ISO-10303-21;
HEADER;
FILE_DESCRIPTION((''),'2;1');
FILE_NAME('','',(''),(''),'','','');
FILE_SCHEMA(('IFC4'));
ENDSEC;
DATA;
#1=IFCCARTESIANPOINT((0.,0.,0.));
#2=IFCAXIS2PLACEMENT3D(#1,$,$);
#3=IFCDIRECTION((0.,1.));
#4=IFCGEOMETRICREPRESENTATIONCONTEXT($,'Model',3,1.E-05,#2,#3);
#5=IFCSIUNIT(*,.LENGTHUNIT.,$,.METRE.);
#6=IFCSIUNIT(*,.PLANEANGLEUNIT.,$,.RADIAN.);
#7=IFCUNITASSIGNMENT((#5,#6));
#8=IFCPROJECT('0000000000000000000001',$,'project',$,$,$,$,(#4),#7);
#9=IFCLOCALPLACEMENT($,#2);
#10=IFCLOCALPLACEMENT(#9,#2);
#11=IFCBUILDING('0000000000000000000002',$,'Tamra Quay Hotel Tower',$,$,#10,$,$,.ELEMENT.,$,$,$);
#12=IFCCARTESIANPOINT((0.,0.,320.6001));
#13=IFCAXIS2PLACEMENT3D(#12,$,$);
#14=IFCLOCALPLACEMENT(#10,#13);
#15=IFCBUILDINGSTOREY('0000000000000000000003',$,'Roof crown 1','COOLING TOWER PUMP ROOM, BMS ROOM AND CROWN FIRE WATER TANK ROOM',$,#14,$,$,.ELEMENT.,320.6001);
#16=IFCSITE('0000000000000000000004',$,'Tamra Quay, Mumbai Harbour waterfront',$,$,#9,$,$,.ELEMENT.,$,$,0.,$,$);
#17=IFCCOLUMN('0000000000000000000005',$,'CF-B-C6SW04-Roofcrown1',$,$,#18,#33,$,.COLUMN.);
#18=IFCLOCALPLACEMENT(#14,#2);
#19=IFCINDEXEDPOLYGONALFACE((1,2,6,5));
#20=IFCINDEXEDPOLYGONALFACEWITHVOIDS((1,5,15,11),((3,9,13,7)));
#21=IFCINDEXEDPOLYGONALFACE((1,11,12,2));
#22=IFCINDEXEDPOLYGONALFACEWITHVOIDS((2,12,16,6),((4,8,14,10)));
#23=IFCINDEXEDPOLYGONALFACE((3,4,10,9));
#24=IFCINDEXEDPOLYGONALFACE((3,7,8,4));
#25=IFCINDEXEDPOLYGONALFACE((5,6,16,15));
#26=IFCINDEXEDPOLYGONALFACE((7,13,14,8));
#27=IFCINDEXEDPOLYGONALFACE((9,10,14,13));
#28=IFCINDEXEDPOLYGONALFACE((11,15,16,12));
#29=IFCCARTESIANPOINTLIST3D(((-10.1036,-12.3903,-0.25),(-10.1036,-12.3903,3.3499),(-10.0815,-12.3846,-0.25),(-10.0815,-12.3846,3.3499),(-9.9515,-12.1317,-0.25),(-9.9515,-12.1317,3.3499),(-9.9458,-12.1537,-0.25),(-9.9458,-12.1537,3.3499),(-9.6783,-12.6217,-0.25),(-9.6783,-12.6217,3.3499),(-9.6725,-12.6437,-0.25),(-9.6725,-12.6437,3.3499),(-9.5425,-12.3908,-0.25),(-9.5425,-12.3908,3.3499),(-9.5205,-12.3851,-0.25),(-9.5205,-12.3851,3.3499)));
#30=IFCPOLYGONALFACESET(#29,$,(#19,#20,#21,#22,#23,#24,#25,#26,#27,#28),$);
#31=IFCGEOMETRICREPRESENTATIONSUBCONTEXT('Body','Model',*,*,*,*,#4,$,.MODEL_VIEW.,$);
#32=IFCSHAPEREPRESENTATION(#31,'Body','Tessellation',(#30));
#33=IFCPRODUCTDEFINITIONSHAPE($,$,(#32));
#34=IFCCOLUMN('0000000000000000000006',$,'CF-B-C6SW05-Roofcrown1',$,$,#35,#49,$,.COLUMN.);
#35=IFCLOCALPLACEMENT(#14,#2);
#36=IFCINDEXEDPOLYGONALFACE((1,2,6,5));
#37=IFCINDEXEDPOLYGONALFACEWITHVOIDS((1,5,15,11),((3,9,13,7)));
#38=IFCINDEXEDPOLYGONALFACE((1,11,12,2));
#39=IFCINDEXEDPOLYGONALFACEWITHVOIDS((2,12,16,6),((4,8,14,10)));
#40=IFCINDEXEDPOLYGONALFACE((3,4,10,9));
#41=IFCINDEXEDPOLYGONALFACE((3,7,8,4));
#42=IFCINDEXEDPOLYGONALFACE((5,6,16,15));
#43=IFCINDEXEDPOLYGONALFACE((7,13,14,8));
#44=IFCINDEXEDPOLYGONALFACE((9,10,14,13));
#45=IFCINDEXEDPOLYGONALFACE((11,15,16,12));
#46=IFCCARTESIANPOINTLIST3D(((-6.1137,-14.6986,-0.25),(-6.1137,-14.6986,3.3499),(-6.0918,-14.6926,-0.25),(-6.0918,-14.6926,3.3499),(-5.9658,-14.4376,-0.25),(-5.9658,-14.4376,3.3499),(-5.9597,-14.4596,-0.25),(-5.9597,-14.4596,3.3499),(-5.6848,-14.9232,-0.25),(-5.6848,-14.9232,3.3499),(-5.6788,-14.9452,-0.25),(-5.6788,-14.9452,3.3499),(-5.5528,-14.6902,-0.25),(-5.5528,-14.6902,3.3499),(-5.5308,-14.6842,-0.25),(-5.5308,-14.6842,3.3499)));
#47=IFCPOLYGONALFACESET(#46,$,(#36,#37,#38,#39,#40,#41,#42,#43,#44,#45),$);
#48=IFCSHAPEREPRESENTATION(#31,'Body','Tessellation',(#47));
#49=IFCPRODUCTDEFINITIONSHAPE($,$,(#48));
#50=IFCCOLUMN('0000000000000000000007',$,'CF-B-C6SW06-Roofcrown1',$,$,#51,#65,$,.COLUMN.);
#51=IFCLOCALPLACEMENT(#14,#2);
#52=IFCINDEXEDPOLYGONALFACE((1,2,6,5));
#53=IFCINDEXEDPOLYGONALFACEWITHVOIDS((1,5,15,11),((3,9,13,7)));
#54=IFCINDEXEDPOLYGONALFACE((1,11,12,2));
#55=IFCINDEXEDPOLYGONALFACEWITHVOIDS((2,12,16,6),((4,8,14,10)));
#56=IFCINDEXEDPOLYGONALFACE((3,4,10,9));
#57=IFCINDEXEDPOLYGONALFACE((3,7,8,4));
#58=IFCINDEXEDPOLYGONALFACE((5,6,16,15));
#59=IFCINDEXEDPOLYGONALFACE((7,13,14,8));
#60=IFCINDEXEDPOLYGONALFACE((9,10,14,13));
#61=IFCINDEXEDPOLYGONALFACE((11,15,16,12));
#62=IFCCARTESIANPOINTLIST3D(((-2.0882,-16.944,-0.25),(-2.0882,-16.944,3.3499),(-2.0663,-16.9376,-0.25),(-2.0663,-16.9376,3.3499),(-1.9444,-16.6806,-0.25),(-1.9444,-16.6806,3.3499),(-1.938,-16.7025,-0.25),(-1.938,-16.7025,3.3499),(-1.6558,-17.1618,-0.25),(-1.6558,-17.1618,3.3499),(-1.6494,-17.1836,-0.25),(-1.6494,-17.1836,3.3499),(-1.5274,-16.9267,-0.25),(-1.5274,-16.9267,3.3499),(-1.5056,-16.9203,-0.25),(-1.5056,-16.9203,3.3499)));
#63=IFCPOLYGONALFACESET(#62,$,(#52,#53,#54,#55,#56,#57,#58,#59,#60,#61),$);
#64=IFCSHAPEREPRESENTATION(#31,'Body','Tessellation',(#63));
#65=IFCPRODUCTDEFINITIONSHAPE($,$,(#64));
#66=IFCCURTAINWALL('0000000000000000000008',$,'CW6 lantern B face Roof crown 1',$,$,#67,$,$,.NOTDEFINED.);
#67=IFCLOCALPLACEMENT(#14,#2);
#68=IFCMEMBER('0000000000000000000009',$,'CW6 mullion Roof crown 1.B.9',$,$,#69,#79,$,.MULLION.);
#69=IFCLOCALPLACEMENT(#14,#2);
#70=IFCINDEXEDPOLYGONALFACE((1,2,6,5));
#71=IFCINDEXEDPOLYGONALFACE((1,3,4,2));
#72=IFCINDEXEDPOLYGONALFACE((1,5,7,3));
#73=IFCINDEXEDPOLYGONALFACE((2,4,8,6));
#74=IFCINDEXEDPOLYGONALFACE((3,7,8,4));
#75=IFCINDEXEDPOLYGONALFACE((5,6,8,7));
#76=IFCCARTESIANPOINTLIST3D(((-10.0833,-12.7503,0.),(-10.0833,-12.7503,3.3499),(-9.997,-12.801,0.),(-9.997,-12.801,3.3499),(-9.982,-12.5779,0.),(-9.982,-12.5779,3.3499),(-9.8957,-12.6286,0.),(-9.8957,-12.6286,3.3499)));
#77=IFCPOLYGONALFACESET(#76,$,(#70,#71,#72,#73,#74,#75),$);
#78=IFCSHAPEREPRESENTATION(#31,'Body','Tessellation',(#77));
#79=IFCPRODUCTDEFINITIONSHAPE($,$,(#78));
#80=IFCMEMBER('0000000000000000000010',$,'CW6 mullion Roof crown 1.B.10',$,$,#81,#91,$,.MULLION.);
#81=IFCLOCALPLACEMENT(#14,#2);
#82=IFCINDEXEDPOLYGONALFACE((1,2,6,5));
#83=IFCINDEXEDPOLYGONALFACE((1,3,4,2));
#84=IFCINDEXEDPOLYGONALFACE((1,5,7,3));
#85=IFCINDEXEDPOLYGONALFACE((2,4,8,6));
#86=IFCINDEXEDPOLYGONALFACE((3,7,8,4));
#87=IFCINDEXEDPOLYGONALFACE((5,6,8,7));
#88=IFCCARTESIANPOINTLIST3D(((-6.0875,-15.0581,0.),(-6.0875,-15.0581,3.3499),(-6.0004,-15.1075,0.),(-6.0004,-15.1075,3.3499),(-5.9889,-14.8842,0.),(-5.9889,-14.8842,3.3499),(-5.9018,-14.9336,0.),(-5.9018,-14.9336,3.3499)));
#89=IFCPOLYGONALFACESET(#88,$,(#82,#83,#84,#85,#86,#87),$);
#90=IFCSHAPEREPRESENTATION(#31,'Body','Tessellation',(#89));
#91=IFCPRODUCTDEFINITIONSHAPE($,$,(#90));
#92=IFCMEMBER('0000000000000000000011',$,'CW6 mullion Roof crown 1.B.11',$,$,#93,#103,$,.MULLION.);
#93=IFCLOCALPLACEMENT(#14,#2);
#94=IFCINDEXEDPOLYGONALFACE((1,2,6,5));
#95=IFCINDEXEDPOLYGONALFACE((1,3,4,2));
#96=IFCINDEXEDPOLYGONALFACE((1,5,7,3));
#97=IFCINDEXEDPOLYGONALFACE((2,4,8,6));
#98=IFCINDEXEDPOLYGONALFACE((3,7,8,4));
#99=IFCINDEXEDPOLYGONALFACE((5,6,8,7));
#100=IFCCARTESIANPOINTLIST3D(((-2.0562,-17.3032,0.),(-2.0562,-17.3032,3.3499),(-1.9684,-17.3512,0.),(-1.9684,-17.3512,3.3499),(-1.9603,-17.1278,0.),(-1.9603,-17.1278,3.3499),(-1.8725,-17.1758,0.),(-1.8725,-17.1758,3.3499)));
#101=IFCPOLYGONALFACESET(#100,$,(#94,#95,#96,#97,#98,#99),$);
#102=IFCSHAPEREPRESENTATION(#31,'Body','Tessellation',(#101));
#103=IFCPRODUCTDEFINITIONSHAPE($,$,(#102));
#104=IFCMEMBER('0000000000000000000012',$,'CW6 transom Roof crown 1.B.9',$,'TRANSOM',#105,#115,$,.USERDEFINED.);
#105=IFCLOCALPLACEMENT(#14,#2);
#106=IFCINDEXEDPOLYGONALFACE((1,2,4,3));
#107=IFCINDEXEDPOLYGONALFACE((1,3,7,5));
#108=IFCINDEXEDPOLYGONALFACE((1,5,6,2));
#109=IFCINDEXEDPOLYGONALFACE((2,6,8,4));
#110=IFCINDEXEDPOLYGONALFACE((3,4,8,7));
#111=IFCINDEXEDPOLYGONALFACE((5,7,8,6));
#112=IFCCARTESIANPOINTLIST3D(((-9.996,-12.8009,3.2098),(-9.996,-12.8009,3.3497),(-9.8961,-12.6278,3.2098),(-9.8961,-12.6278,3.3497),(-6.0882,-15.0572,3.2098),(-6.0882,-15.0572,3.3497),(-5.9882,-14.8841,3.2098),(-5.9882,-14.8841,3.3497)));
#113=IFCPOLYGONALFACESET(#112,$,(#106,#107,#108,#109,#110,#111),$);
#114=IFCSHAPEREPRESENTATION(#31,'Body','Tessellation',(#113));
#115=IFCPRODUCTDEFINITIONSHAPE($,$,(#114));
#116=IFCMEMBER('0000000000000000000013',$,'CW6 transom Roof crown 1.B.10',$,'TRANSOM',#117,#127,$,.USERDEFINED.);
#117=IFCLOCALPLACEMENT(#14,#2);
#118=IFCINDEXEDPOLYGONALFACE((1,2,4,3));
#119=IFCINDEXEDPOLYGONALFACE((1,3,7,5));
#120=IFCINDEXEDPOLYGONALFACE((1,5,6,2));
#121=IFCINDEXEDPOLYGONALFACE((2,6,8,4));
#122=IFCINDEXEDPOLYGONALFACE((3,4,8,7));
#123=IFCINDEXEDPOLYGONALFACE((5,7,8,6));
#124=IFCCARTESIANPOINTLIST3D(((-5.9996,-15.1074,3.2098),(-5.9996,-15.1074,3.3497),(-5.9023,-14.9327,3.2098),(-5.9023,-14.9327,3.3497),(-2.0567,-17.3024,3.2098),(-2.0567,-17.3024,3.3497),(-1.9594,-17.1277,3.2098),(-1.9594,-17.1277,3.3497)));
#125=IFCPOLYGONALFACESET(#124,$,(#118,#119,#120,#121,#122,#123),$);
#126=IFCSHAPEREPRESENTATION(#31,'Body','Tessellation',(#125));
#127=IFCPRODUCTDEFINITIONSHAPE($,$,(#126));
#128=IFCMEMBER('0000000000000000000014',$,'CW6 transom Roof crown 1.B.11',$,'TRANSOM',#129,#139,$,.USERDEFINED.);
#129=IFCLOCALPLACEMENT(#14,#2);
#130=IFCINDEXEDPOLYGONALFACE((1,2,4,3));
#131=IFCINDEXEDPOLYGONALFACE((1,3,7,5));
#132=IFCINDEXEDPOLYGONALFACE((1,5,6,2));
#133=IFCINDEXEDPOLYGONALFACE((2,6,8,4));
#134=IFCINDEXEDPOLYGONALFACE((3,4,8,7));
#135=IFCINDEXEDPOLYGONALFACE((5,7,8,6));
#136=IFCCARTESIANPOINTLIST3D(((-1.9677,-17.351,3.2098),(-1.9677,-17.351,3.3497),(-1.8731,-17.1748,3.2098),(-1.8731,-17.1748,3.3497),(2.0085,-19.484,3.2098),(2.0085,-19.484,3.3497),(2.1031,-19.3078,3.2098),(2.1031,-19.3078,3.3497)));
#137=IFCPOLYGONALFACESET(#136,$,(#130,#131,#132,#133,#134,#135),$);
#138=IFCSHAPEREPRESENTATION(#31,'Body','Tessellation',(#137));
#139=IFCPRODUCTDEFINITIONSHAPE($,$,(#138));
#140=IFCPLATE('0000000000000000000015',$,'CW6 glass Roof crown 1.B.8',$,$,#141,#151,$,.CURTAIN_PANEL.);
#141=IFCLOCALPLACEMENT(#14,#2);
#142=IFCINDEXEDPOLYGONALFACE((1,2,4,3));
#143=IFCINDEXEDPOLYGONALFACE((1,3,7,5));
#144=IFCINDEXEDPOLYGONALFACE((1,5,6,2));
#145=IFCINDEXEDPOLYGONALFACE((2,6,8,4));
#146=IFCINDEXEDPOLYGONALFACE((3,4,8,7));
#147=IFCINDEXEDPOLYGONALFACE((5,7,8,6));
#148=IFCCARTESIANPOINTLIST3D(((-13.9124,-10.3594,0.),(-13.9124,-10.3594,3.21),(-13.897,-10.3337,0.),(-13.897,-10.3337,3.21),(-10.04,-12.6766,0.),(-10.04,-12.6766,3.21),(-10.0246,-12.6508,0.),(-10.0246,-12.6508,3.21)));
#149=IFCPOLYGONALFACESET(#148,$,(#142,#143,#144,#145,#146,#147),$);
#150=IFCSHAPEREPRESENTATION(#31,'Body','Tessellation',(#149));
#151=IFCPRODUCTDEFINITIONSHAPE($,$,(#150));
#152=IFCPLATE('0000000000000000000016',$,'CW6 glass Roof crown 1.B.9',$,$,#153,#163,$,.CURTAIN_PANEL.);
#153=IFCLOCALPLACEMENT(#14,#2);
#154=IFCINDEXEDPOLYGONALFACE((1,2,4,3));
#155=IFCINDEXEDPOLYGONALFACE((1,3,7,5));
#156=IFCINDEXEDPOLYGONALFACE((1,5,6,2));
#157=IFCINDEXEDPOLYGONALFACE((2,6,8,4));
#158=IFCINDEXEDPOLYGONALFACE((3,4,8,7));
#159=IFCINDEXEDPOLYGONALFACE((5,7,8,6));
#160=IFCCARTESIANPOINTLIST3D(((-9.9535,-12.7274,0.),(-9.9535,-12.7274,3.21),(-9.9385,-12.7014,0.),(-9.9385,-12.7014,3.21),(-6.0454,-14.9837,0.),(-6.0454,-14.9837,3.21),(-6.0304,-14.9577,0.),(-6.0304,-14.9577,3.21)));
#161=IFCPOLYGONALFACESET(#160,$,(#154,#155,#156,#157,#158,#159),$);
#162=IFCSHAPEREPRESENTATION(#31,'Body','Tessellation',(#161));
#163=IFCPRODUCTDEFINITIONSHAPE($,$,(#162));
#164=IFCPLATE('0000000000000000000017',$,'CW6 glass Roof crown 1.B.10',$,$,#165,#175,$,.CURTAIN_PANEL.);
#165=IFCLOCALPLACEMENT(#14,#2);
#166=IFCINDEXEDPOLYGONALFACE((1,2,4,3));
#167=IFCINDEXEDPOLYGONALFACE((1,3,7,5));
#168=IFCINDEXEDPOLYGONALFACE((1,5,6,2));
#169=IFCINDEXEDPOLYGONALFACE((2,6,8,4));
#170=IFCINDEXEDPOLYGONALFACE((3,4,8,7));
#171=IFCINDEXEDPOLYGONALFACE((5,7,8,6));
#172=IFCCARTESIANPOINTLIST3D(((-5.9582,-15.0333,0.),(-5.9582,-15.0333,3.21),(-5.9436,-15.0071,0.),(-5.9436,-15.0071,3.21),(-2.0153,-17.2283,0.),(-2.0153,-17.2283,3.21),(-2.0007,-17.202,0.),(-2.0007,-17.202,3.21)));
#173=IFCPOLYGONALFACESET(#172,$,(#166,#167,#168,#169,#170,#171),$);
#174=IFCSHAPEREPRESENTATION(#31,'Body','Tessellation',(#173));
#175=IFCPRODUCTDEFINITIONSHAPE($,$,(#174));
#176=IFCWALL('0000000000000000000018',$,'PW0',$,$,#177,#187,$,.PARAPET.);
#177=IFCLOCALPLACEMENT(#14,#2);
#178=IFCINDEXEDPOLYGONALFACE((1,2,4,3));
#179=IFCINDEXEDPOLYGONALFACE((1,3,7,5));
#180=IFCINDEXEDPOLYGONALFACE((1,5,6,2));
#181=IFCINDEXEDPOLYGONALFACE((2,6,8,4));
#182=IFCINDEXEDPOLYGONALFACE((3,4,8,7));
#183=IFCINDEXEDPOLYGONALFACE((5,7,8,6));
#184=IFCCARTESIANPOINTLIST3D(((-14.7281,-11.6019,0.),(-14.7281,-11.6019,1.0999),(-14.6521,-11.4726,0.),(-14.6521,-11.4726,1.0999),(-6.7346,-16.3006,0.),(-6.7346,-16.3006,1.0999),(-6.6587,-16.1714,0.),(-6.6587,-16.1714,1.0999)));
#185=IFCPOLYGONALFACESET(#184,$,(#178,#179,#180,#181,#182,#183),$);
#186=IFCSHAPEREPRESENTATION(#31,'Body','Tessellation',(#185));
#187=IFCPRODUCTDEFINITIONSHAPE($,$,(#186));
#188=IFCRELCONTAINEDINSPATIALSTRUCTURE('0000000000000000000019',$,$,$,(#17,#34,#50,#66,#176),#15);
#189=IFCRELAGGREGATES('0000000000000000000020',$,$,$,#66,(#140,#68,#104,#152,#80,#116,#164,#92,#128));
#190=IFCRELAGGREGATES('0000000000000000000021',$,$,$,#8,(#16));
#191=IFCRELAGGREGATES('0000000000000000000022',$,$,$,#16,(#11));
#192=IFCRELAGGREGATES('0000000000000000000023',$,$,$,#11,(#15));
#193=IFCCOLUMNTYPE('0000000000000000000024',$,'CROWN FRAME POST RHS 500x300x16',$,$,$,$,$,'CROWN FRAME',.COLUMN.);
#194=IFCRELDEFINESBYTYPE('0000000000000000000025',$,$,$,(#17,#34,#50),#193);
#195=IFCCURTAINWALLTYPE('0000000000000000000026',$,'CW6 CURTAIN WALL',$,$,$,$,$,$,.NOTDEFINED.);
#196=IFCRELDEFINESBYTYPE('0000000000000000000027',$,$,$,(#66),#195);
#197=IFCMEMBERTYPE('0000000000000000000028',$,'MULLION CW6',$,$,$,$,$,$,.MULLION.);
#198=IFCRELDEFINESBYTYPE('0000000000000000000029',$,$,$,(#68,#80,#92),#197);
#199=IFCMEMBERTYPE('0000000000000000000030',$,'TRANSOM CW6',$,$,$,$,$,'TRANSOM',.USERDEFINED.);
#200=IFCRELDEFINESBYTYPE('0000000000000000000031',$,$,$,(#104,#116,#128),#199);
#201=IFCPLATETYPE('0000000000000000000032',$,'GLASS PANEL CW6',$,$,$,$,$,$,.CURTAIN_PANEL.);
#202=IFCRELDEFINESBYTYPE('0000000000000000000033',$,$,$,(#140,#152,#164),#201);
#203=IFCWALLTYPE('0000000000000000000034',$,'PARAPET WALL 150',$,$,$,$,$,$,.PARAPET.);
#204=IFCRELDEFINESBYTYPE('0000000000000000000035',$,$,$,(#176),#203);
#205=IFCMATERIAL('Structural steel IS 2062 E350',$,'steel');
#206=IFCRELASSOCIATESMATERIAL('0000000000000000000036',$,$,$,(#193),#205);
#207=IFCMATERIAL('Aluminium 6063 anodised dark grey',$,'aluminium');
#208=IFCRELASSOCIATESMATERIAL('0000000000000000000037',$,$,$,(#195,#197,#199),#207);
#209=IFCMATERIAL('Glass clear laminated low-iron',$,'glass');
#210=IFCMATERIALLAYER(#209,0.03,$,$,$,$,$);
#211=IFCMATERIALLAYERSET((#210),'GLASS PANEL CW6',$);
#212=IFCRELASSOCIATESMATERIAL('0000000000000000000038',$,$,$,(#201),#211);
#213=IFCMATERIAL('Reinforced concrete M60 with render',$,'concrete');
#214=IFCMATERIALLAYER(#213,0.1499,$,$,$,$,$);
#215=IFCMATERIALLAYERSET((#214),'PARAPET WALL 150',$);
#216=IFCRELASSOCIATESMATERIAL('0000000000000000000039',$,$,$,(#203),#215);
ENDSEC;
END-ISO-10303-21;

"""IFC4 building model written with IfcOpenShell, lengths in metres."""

from ifc_helpers import new_model, si_unit, direction, frame, frame_2d, origin, origin_2d, place, context, subcontext, project, spatial, rectangle, hollow_rectangle, extrude, material, layer, layer_set, material_profile, profile_set, type_object, element, aggregate, save


model = new_model("IFC4")

# Units and contexts
model_context = context("Model", 3, precision=1e-05, world=origin(), true_north=direction((0.0, 1.0)))
body_context = subcontext(model_context, "Body", "Model", "MODEL_VIEW")
ifc_project = project(units=[si_unit("LENGTHUNIT", "METRE"), si_unit("PLANEANGLEUNIT", "RADIAN")], contexts=[model_context])

# Site, building, storey
site_placement = place(None, origin())
site = spatial("IfcSite", under=ifc_project, at=site_placement, Name="Tamra Quay, Mumbai Harbour waterfront", CompositionType="ELEMENT", RefElevation=0.0)
building_placement = place(site_placement, origin())
building = spatial("IfcBuilding", under=site, at=building_placement, Name="Tamra Quay Hotel Tower", CompositionType="ELEMENT")
storey_placement = place(building_placement, frame((0.0, 0.0, 320.6001)))
storey = spatial("IfcBuildingStorey", under=building, at=storey_placement, Name="Roof crown 1", Description="COOLING TOWER PUMP ROOM, BMS ROOM AND CROWN FIRE WATER TANK ROOM", CompositionType="ELEMENT", Elevation=320.6001)

# Columns
ifc_material_1 = material(Name="Structural steel IS 2062 E350", Category="steel")
ifc_material_profile_1 = material_profile(ifc_material_1, hollow_rectangle(XDim=0.3, YDim=0.5, WallThickness=0.0161, at=origin_2d()), Name="RHS 500x300x16")
ifc_profile_set_1 = profile_set([ifc_material_profile_1], Name="Structural steel IS 2062 E350")
column_type = type_object("IfcColumnType", Name="CROWN FRAME POST RHS 500x300x16", ElementType="CROWN FRAME", PredefinedType="COLUMN", material=ifc_profile_set_1)
for number, where, z_axis, x_axis, name in (
    (1, (-9.812, -12.3877, -0.25), (0.0, 0.0, 1.0), (0.506843, 0.862038, 0.0), "CF-B-C6SW04-Roofcrown1"),
    (2, (-5.8223, -14.6914, -0.25), (0.0, 0.0, 1.0), (0.493125, 0.869958, 0.0), "CF-B-C6SW05-Roofcrown1"),
    (3, (-1.7969, -16.9321, -0.25), (0.0, 0.0, 1.0), (0.479288, 0.877658, 0.0), "CF-B-C6SW06-Roofcrown1"),
):
    element("IfcColumn", number, at=place(storey_placement, frame(where, z_axis=z_axis, x_axis=x_axis)), inside=storey, type_object=column_type, Name=name, PredefinedType="COLUMN", context=body_context, shape_type="SweptSolid", body=[
        extrude(hollow_rectangle(XDim=0.3, YDim=0.5, WallThickness=0.0161, at=origin_2d()), origin(), (0.0, 0.0, 1.0), 3.5999),
    ])

# Curtain wall, members, plates
ifc_material_2 = material(Name="Aluminium 6063 anodised dark grey", Category="aluminium")
curtain_wall_type = type_object("IfcCurtainWallType", Name="CW6 CURTAIN WALL", PredefinedType="NOTDEFINED", material=ifc_material_2)
curtain_wall_placement = place(storey_placement, origin())
curtain_wall = element("IfcCurtainWall", 4, at=curtain_wall_placement, inside=storey, type_object=curtain_wall_type, Name="CW6 lantern B face Roof crown 1", PredefinedType="NOTDEFINED")
ifc_material_profile_2 = material_profile(ifc_material_2, rectangle(XDim=0.2, YDim=0.1001, at=origin_2d()), Name="MULLION 100X200")
ifc_profile_set_2 = profile_set([ifc_material_profile_2], Name="Aluminium 6063 anodised dark grey")
member_type_1 = type_object("IfcMemberType", Name="MULLION CW6", PredefinedType="MULLION", material=ifc_profile_set_2)
member_1_placement = place(storey_placement, frame((-9.9895, -12.6895, 0.0), z_axis=(0.0, 0.0, 1.0), x_axis=(-0.506754, -0.862091, 0.0)))
member_1 = element("IfcMember", 5, at=member_1_placement, type_object=member_type_1, Name="CW6 mullion Roof crown 1.B.9", PredefinedType="MULLION", context=body_context, shape_type="SweptSolid", body=[
    extrude(rectangle(XDim=0.2, YDim=0.1001, at=origin_2d()), origin(), (0.0, 0.0, 1.0), 3.3499),
])
member_2_placement = place(storey_placement, frame((-5.9946, -14.9958, 0.0), z_axis=(0.0, 0.0, 1.0), x_axis=(-0.493216, -0.869907, 0.0)))
member_2 = element("IfcMember", 6, at=member_2_placement, type_object=member_type_1, Name="CW6 mullion Roof crown 1.B.10", PredefinedType="MULLION", context=body_context, shape_type="SweptSolid", body=[
    extrude(rectangle(XDim=0.2, YDim=0.1001, at=origin_2d()), origin(), (0.0, 0.0, 1.0), 3.3499),
])
member_3_placement = place(storey_placement, frame((-1.9644, -17.2395, 0.0), z_axis=(0.0, 0.0, 1.0), x_axis=(-0.479565, -0.877506, 0.0)))
member_3 = element("IfcMember", 7, at=member_3_placement, type_object=member_type_1, Name="CW6 mullion Roof crown 1.B.11", PredefinedType="MULLION", context=body_context, shape_type="SweptSolid", body=[
    extrude(rectangle(XDim=0.2, YDim=0.1001, at=origin_2d()), origin(), (0.0, 0.0, 1.0), 3.3499),
])
ifc_material_profile_3 = material_profile(ifc_material_2, rectangle(XDim=0.2, YDim=0.1399, at=origin_2d()), Name="TRANSOM 200X140")
ifc_profile_set_3 = profile_set([ifc_material_profile_3], Name="Aluminium 6063 anodised dark grey")
member_type_2 = type_object("IfcMemberType", Name="TRANSOM CW6", ElementType="TRANSOM", PredefinedType="USERDEFINED", material=ifc_profile_set_3)
member_4_placement = place(storey_placement, frame((-9.946, -12.7144, 3.2798), z_axis=(0.866017, -0.500014, 0.0), x_axis=(0.500014, 0.866017, 0.0)))
member_4 = element("IfcMember", 8, at=member_4_placement, type_object=member_type_2, Name="CW6 transom Roof crown 1.B.9", ObjectType="TRANSOM", PredefinedType="USERDEFINED", context=body_context, shape_type="SweptSolid", body=[
    extrude(rectangle(XDim=0.2, YDim=0.1399, at=origin_2d()), origin(), (0.0, 0.0, 1.0), 4.5125),
])
member_5_placement = place(storey_placement, frame((-5.9509, -15.02, 3.2798), z_axis=(0.873726, -0.486419, 0.0), x_axis=(0.486419, 0.873726, 0.0)))
member_5 = element("IfcMember", 9, at=member_5_placement, type_object=member_type_2, Name="CW6 transom Roof crown 1.B.10", ObjectType="TRANSOM", PredefinedType="USERDEFINED", context=body_context, shape_type="SweptSolid", body=[
    extrude(rectangle(XDim=0.2, YDim=0.1399, at=origin_2d()), origin(), (0.0, 0.0, 1.0), 4.5127),
])
member_6_placement = place(storey_placement, frame((-1.9204, -17.2629, 3.2798), z_axis=(0.881214, -0.472718, 0.0), x_axis=(0.472718, 0.881214, 0.0)))
member_6 = element("IfcMember", 10, at=member_6_placement, type_object=member_type_2, Name="CW6 transom Roof crown 1.B.11", ObjectType="TRANSOM", PredefinedType="USERDEFINED", context=body_context, shape_type="SweptSolid", body=[
    extrude(rectangle(XDim=0.2, YDim=0.1399, at=origin_2d()), origin(), (0.0, 0.0, 1.0), 4.5122),
])
ifc_material_3 = material(Name="Glass clear laminated low-iron", Category="glass")
ifc_layer_1 = layer(ifc_material_3, 0.03)
ifc_layer_set_1 = layer_set([ifc_layer_1], Name="GLASS PANEL CW6")
plate_type = type_object("IfcPlateType", Name="GLASS PANEL CW6", PredefinedType="CURTAIN_PANEL", material=ifc_layer_set_1)
plate_1_placement = place(storey_placement, frame((-11.9685, -11.5051, 0.0), z_axis=(0.0, 0.0, 1.0), x_axis=(0.858104, -0.513477, 0.0)))
plate_1 = element("IfcPlate", 11, at=plate_1_placement, type_object=plate_type, Name="CW6 glass Roof crown 1.B.8", PredefinedType="CURTAIN_PANEL", context=body_context, shape_type="SweptSolid", body=[
    extrude(rectangle(XDim=4.5127, YDim=0.03, at=origin_2d()), origin(), (0.0, 0.0, 1.0), 3.21),
])
plate_2_placement = place(storey_placement, frame((-7.9919, -13.8425, 0.0), z_axis=(0.0, 0.0, 1.0), x_axis=(0.866025, -0.5, 0.0)))
plate_2 = element("IfcPlate", 12, at=plate_2_placement, type_object=plate_type, Name="CW6 glass Roof crown 1.B.9", PredefinedType="CURTAIN_PANEL", context=body_context, shape_type="SweptSolid", body=[
    extrude(rectangle(XDim=4.5127, YDim=0.03, at=origin_2d()), origin(), (0.0, 0.0, 1.0), 3.21),
])
plate_3_placement = place(storey_placement, frame((-3.9795, -16.1177, 0.0), z_axis=(0.0, 0.0, 1.0), x_axis=(0.873736, -0.486401, 0.0)))
plate_3 = element("IfcPlate", 13, at=plate_3_placement, type_object=plate_type, Name="CW6 glass Roof crown 1.B.10", PredefinedType="CURTAIN_PANEL", context=body_context, shape_type="SweptSolid", body=[
    extrude(rectangle(XDim=4.5127, YDim=0.03, at=origin_2d()), origin(), (0.0, 0.0, 1.0), 3.21),
])
aggregate(curtain_wall, [plate_1, member_1, member_4, plate_2, member_2, member_5, plate_3, member_3, member_6])

# Wall
ifc_material_4 = material(Name="Reinforced concrete M60 with render", Category="concrete")
ifc_layer_2 = layer(ifc_material_4, 0.1499)
ifc_layer_set_2 = layer_set([ifc_layer_2], Name="PARAPET WALL 150")
wall_type_1 = type_object("IfcWallType", Name="PARAPET WALL 150", PredefinedType="PARAPET", material=ifc_layer_set_2)
wall_1_placement = place(storey_placement, frame((-6.6965, -16.2361, 0.0), z_axis=(0.0, 0.0, 1.0), x_axis=(-0.862089, 0.506758, 0.0)))
element("IfcWall", 14, at=wall_1_placement, inside=storey, type_object=wall_type_1, Name="PW0", PredefinedType="PARAPET", context=body_context, shape_type="SweptSolid", body=[
    extrude(rectangle(XDim=9.2722, YDim=0.1499, at=frame_2d((4.6362, 0.0))), origin(), (0.0, 0.0, 1.0), 1.0999),
])

save(model, "model.ifc")
